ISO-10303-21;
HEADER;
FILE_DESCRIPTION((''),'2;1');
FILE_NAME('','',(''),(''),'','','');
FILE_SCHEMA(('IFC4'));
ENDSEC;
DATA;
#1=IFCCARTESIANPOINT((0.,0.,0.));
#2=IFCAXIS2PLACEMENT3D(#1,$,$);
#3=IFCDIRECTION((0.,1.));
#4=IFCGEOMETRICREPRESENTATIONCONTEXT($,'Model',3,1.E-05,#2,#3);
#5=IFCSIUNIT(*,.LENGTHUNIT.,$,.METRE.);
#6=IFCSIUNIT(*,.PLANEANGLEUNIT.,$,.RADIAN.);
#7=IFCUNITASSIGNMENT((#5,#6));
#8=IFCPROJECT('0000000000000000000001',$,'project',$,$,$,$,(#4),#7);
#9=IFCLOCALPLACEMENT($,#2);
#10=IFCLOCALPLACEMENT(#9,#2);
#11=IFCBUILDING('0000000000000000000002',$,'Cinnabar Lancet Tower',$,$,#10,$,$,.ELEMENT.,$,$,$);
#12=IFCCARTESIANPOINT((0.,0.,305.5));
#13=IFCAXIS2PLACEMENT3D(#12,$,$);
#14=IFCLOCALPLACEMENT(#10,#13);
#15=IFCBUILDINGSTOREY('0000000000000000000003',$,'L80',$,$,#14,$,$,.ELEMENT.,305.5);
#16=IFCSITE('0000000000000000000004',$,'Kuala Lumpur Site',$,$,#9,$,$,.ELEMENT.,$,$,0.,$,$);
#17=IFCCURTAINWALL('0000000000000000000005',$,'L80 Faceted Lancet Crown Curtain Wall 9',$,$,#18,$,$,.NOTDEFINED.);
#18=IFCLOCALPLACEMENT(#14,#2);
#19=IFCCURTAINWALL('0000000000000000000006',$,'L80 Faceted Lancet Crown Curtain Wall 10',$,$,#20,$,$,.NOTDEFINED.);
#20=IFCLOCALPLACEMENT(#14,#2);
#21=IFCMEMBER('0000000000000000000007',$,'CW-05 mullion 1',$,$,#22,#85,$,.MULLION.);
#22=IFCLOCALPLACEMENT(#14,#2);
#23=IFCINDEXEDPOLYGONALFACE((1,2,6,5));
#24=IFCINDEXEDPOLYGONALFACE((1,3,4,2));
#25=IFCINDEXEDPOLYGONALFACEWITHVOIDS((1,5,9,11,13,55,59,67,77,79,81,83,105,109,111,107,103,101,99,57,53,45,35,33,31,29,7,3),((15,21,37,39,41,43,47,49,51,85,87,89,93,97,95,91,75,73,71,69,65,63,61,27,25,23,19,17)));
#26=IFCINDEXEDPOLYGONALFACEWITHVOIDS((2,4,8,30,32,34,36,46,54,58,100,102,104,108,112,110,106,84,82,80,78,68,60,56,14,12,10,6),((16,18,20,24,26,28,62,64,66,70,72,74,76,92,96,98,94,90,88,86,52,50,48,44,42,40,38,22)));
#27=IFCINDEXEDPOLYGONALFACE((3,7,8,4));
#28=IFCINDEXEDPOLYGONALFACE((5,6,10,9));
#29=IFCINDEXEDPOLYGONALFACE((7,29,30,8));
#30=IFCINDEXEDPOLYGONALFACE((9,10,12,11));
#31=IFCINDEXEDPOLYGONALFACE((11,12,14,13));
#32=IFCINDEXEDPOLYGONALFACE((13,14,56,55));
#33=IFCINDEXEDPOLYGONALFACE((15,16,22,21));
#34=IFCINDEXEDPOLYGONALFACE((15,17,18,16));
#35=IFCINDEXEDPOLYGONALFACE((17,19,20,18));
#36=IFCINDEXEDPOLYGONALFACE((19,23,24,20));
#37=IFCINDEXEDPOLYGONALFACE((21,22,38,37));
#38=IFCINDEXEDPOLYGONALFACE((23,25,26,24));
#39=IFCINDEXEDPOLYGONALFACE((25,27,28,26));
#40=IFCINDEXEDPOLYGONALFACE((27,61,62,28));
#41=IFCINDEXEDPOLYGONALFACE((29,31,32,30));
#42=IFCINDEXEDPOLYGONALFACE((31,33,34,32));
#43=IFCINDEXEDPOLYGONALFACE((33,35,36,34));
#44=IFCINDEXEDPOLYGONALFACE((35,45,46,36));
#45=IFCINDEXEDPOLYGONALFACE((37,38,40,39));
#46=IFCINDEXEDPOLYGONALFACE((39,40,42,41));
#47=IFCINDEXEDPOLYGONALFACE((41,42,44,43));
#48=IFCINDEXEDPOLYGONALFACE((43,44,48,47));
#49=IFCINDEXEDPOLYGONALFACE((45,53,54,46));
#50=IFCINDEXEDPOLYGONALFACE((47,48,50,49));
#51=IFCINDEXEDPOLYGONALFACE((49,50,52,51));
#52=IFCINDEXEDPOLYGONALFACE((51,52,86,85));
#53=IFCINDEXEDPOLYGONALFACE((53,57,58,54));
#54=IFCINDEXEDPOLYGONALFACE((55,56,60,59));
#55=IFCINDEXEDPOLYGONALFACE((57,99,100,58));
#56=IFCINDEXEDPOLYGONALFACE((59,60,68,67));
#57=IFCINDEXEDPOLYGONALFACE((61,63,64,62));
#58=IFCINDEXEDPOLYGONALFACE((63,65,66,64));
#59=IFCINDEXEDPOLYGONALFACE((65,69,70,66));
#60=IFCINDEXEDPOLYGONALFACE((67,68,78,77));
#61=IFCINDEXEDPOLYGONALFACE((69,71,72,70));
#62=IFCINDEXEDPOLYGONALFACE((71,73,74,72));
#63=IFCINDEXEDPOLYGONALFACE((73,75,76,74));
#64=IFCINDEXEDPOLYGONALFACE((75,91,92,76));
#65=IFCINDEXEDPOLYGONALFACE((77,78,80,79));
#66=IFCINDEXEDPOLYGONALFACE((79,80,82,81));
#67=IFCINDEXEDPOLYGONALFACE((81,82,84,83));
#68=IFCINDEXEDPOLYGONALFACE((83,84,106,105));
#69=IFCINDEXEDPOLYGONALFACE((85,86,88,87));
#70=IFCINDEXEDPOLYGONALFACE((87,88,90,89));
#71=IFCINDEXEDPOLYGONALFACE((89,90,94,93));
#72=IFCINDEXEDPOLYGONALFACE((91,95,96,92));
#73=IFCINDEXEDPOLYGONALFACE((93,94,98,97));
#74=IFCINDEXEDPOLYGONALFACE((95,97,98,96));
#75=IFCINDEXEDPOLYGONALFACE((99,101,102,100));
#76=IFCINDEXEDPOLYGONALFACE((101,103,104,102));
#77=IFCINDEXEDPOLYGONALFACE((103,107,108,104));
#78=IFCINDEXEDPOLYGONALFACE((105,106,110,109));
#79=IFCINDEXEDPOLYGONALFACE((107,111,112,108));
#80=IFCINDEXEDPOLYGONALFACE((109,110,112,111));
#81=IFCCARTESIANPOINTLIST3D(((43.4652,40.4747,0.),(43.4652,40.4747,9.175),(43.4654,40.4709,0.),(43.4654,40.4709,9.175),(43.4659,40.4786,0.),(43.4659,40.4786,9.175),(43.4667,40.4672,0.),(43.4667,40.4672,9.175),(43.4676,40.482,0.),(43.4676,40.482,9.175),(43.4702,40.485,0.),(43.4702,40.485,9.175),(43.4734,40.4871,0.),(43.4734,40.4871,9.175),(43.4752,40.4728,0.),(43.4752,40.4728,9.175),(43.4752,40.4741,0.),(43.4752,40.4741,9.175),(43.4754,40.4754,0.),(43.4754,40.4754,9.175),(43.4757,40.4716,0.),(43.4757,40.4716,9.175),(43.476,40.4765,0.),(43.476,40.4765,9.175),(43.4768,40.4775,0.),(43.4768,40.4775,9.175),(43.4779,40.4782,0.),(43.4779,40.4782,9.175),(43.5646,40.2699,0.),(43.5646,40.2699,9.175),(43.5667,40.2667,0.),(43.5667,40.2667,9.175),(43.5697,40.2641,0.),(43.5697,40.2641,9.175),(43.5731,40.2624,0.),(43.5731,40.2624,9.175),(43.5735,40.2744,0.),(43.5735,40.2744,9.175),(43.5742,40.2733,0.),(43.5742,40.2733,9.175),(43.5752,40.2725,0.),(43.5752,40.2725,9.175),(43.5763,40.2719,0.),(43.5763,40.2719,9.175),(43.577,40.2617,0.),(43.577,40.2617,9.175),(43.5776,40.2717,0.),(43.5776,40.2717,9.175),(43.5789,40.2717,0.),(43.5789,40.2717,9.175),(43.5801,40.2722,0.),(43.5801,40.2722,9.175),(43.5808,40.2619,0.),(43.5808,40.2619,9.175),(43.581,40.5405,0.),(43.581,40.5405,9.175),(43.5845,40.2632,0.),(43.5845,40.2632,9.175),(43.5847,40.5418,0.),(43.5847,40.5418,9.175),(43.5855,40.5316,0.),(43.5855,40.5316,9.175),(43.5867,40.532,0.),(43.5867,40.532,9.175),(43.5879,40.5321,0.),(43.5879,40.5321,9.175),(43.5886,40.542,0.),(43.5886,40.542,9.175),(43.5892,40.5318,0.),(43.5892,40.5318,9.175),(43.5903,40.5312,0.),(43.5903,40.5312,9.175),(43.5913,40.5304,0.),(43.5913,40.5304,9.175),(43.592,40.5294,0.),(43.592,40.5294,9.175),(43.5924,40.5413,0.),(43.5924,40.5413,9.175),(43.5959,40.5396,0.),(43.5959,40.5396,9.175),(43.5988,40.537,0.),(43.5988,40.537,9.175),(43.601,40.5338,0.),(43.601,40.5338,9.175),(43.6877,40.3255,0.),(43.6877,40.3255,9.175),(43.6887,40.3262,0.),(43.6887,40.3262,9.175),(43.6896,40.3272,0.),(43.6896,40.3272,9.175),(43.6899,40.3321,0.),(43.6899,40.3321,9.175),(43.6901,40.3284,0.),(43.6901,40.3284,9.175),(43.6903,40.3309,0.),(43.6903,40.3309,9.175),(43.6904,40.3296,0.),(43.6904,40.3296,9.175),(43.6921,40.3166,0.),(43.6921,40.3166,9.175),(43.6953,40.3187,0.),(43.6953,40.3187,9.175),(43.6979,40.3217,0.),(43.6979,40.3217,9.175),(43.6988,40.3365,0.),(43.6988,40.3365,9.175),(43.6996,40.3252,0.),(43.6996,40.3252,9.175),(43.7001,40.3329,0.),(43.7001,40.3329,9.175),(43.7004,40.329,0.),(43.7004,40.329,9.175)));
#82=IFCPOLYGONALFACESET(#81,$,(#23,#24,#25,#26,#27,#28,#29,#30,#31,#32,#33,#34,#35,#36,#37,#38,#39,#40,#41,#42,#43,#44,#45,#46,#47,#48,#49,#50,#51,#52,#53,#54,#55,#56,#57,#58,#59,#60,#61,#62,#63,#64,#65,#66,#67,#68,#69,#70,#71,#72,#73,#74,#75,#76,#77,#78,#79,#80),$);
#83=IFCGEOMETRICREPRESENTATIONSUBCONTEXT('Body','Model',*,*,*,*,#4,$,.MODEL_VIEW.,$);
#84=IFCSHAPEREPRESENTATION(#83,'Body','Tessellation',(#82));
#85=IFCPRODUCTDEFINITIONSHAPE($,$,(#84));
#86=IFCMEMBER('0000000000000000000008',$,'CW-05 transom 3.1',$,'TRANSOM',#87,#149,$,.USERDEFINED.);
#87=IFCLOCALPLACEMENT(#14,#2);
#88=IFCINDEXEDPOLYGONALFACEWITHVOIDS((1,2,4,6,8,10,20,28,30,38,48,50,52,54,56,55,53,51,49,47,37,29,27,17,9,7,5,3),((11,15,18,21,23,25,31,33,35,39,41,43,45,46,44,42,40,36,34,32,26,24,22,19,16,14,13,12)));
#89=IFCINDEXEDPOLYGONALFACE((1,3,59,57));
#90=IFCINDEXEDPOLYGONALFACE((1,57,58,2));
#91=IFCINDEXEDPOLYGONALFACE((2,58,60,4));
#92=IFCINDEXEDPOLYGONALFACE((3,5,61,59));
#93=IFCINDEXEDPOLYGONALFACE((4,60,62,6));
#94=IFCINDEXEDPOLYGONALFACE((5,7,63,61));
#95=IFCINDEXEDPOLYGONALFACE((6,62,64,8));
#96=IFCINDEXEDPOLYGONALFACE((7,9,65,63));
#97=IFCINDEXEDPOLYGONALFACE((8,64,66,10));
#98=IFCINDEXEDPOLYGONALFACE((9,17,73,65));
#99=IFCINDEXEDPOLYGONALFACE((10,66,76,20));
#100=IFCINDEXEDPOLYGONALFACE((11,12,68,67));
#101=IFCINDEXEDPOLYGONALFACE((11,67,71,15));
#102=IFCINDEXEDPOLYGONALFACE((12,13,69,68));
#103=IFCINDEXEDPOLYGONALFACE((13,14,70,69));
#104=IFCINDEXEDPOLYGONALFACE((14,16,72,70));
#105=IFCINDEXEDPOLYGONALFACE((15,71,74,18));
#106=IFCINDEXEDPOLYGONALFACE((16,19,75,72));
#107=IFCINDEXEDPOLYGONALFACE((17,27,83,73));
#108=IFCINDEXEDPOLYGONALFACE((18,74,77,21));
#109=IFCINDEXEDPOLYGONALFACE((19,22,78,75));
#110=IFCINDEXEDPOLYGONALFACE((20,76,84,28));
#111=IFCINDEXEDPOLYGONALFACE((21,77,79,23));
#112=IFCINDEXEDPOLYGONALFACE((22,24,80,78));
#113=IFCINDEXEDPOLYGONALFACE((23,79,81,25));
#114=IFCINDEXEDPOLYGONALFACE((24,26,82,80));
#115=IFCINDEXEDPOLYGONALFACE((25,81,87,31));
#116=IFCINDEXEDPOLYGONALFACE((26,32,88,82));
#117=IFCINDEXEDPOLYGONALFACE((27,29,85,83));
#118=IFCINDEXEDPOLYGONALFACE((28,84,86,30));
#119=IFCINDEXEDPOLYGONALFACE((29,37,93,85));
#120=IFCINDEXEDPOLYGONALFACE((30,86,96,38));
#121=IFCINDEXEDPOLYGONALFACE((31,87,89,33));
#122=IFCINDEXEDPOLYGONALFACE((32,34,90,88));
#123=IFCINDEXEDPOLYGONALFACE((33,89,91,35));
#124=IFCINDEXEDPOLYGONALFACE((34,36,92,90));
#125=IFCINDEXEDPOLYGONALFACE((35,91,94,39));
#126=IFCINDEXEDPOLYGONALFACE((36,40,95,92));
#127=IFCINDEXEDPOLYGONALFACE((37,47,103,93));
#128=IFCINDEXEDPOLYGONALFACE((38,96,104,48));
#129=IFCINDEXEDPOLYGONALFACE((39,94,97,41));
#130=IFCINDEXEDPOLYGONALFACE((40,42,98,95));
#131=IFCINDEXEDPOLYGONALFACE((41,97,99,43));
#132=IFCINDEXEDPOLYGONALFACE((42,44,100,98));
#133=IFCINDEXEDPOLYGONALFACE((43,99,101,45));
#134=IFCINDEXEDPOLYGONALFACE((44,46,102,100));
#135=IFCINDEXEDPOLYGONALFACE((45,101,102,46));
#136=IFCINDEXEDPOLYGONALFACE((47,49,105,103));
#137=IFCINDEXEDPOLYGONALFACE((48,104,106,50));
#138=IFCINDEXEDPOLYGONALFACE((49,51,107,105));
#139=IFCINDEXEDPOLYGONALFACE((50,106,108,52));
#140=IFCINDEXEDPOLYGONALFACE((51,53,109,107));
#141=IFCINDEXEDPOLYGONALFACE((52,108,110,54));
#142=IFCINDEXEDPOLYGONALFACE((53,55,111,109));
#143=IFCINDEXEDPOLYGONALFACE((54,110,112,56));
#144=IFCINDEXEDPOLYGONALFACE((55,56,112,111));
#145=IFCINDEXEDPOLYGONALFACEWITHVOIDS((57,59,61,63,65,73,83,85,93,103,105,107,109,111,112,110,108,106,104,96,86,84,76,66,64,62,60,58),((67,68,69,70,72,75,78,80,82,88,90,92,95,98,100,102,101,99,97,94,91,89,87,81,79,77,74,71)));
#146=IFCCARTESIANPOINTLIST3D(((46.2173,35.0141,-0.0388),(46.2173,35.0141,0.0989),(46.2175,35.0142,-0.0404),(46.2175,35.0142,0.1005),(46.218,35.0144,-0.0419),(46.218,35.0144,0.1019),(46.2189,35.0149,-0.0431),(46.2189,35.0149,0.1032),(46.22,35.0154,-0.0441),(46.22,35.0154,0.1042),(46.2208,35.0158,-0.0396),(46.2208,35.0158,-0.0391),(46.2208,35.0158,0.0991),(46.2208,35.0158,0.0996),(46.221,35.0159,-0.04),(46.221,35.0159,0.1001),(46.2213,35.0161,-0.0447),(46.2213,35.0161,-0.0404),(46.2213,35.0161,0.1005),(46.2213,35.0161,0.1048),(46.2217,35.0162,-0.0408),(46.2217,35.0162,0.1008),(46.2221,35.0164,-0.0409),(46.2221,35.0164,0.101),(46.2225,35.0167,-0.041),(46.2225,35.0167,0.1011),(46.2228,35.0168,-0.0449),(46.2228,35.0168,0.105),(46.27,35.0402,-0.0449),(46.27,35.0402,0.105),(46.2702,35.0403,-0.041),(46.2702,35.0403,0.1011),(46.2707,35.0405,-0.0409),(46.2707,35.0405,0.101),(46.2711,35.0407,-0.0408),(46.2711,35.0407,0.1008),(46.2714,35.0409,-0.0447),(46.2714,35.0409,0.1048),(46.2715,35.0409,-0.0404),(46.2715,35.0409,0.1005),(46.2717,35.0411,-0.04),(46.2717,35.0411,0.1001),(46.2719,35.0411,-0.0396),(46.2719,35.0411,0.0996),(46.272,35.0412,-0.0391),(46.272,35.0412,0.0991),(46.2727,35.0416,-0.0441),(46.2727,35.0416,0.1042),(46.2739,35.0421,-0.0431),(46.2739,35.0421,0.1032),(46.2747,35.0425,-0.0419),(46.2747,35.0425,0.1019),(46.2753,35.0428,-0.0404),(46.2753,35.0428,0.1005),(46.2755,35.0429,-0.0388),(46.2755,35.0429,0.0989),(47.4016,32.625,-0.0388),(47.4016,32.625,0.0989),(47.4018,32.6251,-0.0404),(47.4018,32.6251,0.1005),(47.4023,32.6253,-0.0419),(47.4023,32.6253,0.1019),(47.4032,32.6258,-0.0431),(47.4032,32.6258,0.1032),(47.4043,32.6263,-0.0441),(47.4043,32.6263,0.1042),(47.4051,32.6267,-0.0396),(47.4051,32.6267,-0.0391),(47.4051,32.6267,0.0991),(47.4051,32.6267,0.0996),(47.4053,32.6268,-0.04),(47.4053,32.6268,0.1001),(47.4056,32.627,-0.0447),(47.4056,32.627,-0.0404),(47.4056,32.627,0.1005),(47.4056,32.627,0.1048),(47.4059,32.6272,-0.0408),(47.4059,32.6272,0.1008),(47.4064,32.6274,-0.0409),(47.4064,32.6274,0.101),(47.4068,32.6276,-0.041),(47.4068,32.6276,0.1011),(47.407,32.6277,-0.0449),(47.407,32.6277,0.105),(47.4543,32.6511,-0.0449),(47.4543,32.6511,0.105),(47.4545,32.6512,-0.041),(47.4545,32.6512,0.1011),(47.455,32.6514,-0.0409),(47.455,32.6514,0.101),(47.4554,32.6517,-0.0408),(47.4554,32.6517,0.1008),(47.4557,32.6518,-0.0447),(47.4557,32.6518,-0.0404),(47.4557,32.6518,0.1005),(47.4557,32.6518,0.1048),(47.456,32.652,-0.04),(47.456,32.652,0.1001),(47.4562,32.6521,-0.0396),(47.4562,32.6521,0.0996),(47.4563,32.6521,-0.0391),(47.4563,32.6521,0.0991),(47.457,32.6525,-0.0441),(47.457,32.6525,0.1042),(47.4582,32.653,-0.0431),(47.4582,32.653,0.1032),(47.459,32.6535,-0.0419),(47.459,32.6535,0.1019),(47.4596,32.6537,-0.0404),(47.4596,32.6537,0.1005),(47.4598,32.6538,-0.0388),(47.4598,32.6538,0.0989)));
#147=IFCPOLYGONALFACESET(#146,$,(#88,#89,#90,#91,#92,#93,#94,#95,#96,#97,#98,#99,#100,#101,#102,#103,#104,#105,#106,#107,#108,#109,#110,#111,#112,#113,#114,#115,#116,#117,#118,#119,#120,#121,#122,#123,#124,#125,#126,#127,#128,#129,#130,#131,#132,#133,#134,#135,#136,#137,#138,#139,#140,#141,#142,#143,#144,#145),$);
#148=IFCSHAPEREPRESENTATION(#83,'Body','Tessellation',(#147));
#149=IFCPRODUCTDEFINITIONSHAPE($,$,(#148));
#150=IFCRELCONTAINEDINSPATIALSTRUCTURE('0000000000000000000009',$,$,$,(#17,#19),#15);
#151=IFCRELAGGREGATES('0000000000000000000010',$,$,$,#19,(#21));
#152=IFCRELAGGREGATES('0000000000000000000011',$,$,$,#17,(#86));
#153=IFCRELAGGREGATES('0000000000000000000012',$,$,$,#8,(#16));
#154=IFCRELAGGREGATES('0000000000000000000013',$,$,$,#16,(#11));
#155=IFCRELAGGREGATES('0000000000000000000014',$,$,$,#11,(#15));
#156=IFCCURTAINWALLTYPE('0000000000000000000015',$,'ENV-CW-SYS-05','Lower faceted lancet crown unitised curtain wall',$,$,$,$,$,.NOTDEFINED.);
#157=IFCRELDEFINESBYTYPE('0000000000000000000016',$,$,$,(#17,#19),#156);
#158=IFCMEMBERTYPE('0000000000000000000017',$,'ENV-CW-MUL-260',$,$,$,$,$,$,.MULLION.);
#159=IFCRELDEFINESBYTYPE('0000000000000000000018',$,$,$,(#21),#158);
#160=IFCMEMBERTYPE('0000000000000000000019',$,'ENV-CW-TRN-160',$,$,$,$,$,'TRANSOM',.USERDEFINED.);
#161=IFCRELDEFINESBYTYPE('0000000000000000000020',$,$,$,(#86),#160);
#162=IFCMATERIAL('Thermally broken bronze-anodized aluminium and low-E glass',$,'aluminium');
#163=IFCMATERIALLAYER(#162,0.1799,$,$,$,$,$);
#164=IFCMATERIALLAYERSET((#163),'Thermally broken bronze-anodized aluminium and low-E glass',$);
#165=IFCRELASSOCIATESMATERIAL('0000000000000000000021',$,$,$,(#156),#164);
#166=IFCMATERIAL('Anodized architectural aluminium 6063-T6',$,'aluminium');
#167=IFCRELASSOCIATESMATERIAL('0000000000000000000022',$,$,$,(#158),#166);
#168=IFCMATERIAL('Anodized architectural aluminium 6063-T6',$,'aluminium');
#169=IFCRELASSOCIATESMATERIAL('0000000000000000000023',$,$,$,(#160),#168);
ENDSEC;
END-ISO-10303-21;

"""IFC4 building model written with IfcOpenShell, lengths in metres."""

from ifc_helpers import new_model, si_unit, direction, frame, origin, origin_2d, place, context, subcontext, project, spatial, hollow_rectangle, extrude, material, layer, layer_set, material_profile, profile_set, type_object, element, aggregate, save


model = new_model("IFC4")

# Units and contexts
model_context = context("Model", 3, precision=1e-05, world=origin(), true_north=direction((0.0, 1.0)))
body_context = subcontext(model_context, "Body", "Model", "MODEL_VIEW")
ifc_project = project(units=[si_unit("LENGTHUNIT", "METRE"), si_unit("PLANEANGLEUNIT", "RADIAN")], contexts=[model_context])

# Site, building, storey
site_placement = place(None, origin())
site = spatial("IfcSite", under=ifc_project, at=site_placement, Name="Kuala Lumpur Site", CompositionType="ELEMENT", RefElevation=0.0)
building_placement = place(site_placement, origin())
building = spatial("IfcBuilding", under=site, at=building_placement, Name="Cinnabar Lancet Tower", CompositionType="ELEMENT")
storey_placement = place(building_placement, frame((0.0, 0.0, 305.5)))
storey = spatial("IfcBuildingStorey", under=building, at=storey_placement, Name="L80", CompositionType="ELEMENT", Elevation=305.5)

# Curtain wall
ifc_material_1 = material(Name="Thermally broken bronze-anodized aluminium and low-E glass", Category="aluminium")
ifc_layer_1 = layer(ifc_material_1, 0.1799)
ifc_layer_set_1 = layer_set([ifc_layer_1], Name="Thermally broken bronze-anodized aluminium and low-E glass")
curtain_wall_type = type_object("IfcCurtainWallType", Name="ENV-CW-SYS-05", Description="Lower faceted lancet crown unitised curtain wall", PredefinedType="NOTDEFINED", material=ifc_layer_set_1)
curtain_wall_1_placement = place(storey_placement, origin())
curtain_wall_1 = element("IfcCurtainWall", 1, at=curtain_wall_1_placement, inside=storey, type_object=curtain_wall_type, Name="L80 Faceted Lancet Crown Curtain Wall 9", PredefinedType="NOTDEFINED")
ifc_material_2 = material(Name="Anodized architectural aluminium 6063-T6", Category="aluminium")
ifc_material_profile_1 = material_profile(ifc_material_2, hollow_rectangle(XDim=0.1499, YDim=0.25, WallThickness=0.01, InnerFilletRadius=0.0049, OuterFilletRadius=0.0149, at=origin_2d()), Name="RHS 250x150x10")
ifc_profile_set_1 = profile_set([ifc_material_profile_1], Name="Anodized architectural aluminium 6063-T6")
member_type_1 = type_object("IfcMemberType", Name="ENV-CW-MUL-260", PredefinedType="MULLION", material=ifc_profile_set_1)

# Curtain wall, member
curtain_wall_2_placement = place(storey_placement, origin())
curtain_wall_2 = element("IfcCurtainWall", 2, at=curtain_wall_2_placement, inside=storey, type_object=curtain_wall_type, Name="L80 Faceted Lancet Crown Curtain Wall 10", PredefinedType="NOTDEFINED")
member_1_placement = place(storey_placement, frame((43.5828, 40.4019, 0.0), z_axis=(0.0, 0.0, 1.0), x_axis=(-0.89582, -0.444416, 0.0)))
member_1 = element("IfcMember", 3, at=member_1_placement, type_object=member_type_1, Name="CW-05 mullion 1", PredefinedType="MULLION", context=body_context, shape_type="SweptSolid", body=[
    extrude(hollow_rectangle(XDim=0.1499, YDim=0.25, WallThickness=0.01, InnerFilletRadius=0.0049, OuterFilletRadius=0.0149, at=origin_2d()), origin(), (0.0, 0.0, 1.0), 9.175),
])
aggregate(curtain_wall_2, [member_1])

# Member
ifc_material_3 = material(Name="Anodized architectural aluminium 6063-T6", Category="aluminium")
ifc_material_profile_2 = material_profile(ifc_material_3, hollow_rectangle(XDim=0.0649, YDim=0.1499, WallThickness=0.0039, InnerFilletRadius=0.002, OuterFilletRadius=0.0061, at=origin_2d()), Name="CW-TRN 150x65x4")
ifc_profile_set_2 = profile_set([ifc_material_profile_2], Name="Anodized architectural aluminium 6063-T6")
member_type_2 = type_object("IfcMemberType", Name="ENV-CW-TRN-160", ElementType="TRANSOM", PredefinedType="USERDEFINED", material=ifc_profile_set_2)
member_2_placement = place(storey_placement, frame((47.4307, 32.6394, 0.03), z_axis=(-0.444135, 0.89596, 0.0), x_axis=(-0.89596, -0.444135, 0.0)))
member_2 = element("IfcMember", 4, at=member_2_placement, type_object=member_type_2, Name="CW-05 transom 3.1", ObjectType="TRANSOM", PredefinedType="USERDEFINED", context=body_context, shape_type="SweptSolid", body=[
    extrude(hollow_rectangle(XDim=0.0649, YDim=0.1499, WallThickness=0.0039, InnerFilletRadius=0.002, OuterFilletRadius=0.0061, at=origin_2d()), origin(), (0.0, 0.0, 1.0), 2.6665),
])

aggregate(curtain_wall_1, [member_2])

save(model, "model.ifc")
